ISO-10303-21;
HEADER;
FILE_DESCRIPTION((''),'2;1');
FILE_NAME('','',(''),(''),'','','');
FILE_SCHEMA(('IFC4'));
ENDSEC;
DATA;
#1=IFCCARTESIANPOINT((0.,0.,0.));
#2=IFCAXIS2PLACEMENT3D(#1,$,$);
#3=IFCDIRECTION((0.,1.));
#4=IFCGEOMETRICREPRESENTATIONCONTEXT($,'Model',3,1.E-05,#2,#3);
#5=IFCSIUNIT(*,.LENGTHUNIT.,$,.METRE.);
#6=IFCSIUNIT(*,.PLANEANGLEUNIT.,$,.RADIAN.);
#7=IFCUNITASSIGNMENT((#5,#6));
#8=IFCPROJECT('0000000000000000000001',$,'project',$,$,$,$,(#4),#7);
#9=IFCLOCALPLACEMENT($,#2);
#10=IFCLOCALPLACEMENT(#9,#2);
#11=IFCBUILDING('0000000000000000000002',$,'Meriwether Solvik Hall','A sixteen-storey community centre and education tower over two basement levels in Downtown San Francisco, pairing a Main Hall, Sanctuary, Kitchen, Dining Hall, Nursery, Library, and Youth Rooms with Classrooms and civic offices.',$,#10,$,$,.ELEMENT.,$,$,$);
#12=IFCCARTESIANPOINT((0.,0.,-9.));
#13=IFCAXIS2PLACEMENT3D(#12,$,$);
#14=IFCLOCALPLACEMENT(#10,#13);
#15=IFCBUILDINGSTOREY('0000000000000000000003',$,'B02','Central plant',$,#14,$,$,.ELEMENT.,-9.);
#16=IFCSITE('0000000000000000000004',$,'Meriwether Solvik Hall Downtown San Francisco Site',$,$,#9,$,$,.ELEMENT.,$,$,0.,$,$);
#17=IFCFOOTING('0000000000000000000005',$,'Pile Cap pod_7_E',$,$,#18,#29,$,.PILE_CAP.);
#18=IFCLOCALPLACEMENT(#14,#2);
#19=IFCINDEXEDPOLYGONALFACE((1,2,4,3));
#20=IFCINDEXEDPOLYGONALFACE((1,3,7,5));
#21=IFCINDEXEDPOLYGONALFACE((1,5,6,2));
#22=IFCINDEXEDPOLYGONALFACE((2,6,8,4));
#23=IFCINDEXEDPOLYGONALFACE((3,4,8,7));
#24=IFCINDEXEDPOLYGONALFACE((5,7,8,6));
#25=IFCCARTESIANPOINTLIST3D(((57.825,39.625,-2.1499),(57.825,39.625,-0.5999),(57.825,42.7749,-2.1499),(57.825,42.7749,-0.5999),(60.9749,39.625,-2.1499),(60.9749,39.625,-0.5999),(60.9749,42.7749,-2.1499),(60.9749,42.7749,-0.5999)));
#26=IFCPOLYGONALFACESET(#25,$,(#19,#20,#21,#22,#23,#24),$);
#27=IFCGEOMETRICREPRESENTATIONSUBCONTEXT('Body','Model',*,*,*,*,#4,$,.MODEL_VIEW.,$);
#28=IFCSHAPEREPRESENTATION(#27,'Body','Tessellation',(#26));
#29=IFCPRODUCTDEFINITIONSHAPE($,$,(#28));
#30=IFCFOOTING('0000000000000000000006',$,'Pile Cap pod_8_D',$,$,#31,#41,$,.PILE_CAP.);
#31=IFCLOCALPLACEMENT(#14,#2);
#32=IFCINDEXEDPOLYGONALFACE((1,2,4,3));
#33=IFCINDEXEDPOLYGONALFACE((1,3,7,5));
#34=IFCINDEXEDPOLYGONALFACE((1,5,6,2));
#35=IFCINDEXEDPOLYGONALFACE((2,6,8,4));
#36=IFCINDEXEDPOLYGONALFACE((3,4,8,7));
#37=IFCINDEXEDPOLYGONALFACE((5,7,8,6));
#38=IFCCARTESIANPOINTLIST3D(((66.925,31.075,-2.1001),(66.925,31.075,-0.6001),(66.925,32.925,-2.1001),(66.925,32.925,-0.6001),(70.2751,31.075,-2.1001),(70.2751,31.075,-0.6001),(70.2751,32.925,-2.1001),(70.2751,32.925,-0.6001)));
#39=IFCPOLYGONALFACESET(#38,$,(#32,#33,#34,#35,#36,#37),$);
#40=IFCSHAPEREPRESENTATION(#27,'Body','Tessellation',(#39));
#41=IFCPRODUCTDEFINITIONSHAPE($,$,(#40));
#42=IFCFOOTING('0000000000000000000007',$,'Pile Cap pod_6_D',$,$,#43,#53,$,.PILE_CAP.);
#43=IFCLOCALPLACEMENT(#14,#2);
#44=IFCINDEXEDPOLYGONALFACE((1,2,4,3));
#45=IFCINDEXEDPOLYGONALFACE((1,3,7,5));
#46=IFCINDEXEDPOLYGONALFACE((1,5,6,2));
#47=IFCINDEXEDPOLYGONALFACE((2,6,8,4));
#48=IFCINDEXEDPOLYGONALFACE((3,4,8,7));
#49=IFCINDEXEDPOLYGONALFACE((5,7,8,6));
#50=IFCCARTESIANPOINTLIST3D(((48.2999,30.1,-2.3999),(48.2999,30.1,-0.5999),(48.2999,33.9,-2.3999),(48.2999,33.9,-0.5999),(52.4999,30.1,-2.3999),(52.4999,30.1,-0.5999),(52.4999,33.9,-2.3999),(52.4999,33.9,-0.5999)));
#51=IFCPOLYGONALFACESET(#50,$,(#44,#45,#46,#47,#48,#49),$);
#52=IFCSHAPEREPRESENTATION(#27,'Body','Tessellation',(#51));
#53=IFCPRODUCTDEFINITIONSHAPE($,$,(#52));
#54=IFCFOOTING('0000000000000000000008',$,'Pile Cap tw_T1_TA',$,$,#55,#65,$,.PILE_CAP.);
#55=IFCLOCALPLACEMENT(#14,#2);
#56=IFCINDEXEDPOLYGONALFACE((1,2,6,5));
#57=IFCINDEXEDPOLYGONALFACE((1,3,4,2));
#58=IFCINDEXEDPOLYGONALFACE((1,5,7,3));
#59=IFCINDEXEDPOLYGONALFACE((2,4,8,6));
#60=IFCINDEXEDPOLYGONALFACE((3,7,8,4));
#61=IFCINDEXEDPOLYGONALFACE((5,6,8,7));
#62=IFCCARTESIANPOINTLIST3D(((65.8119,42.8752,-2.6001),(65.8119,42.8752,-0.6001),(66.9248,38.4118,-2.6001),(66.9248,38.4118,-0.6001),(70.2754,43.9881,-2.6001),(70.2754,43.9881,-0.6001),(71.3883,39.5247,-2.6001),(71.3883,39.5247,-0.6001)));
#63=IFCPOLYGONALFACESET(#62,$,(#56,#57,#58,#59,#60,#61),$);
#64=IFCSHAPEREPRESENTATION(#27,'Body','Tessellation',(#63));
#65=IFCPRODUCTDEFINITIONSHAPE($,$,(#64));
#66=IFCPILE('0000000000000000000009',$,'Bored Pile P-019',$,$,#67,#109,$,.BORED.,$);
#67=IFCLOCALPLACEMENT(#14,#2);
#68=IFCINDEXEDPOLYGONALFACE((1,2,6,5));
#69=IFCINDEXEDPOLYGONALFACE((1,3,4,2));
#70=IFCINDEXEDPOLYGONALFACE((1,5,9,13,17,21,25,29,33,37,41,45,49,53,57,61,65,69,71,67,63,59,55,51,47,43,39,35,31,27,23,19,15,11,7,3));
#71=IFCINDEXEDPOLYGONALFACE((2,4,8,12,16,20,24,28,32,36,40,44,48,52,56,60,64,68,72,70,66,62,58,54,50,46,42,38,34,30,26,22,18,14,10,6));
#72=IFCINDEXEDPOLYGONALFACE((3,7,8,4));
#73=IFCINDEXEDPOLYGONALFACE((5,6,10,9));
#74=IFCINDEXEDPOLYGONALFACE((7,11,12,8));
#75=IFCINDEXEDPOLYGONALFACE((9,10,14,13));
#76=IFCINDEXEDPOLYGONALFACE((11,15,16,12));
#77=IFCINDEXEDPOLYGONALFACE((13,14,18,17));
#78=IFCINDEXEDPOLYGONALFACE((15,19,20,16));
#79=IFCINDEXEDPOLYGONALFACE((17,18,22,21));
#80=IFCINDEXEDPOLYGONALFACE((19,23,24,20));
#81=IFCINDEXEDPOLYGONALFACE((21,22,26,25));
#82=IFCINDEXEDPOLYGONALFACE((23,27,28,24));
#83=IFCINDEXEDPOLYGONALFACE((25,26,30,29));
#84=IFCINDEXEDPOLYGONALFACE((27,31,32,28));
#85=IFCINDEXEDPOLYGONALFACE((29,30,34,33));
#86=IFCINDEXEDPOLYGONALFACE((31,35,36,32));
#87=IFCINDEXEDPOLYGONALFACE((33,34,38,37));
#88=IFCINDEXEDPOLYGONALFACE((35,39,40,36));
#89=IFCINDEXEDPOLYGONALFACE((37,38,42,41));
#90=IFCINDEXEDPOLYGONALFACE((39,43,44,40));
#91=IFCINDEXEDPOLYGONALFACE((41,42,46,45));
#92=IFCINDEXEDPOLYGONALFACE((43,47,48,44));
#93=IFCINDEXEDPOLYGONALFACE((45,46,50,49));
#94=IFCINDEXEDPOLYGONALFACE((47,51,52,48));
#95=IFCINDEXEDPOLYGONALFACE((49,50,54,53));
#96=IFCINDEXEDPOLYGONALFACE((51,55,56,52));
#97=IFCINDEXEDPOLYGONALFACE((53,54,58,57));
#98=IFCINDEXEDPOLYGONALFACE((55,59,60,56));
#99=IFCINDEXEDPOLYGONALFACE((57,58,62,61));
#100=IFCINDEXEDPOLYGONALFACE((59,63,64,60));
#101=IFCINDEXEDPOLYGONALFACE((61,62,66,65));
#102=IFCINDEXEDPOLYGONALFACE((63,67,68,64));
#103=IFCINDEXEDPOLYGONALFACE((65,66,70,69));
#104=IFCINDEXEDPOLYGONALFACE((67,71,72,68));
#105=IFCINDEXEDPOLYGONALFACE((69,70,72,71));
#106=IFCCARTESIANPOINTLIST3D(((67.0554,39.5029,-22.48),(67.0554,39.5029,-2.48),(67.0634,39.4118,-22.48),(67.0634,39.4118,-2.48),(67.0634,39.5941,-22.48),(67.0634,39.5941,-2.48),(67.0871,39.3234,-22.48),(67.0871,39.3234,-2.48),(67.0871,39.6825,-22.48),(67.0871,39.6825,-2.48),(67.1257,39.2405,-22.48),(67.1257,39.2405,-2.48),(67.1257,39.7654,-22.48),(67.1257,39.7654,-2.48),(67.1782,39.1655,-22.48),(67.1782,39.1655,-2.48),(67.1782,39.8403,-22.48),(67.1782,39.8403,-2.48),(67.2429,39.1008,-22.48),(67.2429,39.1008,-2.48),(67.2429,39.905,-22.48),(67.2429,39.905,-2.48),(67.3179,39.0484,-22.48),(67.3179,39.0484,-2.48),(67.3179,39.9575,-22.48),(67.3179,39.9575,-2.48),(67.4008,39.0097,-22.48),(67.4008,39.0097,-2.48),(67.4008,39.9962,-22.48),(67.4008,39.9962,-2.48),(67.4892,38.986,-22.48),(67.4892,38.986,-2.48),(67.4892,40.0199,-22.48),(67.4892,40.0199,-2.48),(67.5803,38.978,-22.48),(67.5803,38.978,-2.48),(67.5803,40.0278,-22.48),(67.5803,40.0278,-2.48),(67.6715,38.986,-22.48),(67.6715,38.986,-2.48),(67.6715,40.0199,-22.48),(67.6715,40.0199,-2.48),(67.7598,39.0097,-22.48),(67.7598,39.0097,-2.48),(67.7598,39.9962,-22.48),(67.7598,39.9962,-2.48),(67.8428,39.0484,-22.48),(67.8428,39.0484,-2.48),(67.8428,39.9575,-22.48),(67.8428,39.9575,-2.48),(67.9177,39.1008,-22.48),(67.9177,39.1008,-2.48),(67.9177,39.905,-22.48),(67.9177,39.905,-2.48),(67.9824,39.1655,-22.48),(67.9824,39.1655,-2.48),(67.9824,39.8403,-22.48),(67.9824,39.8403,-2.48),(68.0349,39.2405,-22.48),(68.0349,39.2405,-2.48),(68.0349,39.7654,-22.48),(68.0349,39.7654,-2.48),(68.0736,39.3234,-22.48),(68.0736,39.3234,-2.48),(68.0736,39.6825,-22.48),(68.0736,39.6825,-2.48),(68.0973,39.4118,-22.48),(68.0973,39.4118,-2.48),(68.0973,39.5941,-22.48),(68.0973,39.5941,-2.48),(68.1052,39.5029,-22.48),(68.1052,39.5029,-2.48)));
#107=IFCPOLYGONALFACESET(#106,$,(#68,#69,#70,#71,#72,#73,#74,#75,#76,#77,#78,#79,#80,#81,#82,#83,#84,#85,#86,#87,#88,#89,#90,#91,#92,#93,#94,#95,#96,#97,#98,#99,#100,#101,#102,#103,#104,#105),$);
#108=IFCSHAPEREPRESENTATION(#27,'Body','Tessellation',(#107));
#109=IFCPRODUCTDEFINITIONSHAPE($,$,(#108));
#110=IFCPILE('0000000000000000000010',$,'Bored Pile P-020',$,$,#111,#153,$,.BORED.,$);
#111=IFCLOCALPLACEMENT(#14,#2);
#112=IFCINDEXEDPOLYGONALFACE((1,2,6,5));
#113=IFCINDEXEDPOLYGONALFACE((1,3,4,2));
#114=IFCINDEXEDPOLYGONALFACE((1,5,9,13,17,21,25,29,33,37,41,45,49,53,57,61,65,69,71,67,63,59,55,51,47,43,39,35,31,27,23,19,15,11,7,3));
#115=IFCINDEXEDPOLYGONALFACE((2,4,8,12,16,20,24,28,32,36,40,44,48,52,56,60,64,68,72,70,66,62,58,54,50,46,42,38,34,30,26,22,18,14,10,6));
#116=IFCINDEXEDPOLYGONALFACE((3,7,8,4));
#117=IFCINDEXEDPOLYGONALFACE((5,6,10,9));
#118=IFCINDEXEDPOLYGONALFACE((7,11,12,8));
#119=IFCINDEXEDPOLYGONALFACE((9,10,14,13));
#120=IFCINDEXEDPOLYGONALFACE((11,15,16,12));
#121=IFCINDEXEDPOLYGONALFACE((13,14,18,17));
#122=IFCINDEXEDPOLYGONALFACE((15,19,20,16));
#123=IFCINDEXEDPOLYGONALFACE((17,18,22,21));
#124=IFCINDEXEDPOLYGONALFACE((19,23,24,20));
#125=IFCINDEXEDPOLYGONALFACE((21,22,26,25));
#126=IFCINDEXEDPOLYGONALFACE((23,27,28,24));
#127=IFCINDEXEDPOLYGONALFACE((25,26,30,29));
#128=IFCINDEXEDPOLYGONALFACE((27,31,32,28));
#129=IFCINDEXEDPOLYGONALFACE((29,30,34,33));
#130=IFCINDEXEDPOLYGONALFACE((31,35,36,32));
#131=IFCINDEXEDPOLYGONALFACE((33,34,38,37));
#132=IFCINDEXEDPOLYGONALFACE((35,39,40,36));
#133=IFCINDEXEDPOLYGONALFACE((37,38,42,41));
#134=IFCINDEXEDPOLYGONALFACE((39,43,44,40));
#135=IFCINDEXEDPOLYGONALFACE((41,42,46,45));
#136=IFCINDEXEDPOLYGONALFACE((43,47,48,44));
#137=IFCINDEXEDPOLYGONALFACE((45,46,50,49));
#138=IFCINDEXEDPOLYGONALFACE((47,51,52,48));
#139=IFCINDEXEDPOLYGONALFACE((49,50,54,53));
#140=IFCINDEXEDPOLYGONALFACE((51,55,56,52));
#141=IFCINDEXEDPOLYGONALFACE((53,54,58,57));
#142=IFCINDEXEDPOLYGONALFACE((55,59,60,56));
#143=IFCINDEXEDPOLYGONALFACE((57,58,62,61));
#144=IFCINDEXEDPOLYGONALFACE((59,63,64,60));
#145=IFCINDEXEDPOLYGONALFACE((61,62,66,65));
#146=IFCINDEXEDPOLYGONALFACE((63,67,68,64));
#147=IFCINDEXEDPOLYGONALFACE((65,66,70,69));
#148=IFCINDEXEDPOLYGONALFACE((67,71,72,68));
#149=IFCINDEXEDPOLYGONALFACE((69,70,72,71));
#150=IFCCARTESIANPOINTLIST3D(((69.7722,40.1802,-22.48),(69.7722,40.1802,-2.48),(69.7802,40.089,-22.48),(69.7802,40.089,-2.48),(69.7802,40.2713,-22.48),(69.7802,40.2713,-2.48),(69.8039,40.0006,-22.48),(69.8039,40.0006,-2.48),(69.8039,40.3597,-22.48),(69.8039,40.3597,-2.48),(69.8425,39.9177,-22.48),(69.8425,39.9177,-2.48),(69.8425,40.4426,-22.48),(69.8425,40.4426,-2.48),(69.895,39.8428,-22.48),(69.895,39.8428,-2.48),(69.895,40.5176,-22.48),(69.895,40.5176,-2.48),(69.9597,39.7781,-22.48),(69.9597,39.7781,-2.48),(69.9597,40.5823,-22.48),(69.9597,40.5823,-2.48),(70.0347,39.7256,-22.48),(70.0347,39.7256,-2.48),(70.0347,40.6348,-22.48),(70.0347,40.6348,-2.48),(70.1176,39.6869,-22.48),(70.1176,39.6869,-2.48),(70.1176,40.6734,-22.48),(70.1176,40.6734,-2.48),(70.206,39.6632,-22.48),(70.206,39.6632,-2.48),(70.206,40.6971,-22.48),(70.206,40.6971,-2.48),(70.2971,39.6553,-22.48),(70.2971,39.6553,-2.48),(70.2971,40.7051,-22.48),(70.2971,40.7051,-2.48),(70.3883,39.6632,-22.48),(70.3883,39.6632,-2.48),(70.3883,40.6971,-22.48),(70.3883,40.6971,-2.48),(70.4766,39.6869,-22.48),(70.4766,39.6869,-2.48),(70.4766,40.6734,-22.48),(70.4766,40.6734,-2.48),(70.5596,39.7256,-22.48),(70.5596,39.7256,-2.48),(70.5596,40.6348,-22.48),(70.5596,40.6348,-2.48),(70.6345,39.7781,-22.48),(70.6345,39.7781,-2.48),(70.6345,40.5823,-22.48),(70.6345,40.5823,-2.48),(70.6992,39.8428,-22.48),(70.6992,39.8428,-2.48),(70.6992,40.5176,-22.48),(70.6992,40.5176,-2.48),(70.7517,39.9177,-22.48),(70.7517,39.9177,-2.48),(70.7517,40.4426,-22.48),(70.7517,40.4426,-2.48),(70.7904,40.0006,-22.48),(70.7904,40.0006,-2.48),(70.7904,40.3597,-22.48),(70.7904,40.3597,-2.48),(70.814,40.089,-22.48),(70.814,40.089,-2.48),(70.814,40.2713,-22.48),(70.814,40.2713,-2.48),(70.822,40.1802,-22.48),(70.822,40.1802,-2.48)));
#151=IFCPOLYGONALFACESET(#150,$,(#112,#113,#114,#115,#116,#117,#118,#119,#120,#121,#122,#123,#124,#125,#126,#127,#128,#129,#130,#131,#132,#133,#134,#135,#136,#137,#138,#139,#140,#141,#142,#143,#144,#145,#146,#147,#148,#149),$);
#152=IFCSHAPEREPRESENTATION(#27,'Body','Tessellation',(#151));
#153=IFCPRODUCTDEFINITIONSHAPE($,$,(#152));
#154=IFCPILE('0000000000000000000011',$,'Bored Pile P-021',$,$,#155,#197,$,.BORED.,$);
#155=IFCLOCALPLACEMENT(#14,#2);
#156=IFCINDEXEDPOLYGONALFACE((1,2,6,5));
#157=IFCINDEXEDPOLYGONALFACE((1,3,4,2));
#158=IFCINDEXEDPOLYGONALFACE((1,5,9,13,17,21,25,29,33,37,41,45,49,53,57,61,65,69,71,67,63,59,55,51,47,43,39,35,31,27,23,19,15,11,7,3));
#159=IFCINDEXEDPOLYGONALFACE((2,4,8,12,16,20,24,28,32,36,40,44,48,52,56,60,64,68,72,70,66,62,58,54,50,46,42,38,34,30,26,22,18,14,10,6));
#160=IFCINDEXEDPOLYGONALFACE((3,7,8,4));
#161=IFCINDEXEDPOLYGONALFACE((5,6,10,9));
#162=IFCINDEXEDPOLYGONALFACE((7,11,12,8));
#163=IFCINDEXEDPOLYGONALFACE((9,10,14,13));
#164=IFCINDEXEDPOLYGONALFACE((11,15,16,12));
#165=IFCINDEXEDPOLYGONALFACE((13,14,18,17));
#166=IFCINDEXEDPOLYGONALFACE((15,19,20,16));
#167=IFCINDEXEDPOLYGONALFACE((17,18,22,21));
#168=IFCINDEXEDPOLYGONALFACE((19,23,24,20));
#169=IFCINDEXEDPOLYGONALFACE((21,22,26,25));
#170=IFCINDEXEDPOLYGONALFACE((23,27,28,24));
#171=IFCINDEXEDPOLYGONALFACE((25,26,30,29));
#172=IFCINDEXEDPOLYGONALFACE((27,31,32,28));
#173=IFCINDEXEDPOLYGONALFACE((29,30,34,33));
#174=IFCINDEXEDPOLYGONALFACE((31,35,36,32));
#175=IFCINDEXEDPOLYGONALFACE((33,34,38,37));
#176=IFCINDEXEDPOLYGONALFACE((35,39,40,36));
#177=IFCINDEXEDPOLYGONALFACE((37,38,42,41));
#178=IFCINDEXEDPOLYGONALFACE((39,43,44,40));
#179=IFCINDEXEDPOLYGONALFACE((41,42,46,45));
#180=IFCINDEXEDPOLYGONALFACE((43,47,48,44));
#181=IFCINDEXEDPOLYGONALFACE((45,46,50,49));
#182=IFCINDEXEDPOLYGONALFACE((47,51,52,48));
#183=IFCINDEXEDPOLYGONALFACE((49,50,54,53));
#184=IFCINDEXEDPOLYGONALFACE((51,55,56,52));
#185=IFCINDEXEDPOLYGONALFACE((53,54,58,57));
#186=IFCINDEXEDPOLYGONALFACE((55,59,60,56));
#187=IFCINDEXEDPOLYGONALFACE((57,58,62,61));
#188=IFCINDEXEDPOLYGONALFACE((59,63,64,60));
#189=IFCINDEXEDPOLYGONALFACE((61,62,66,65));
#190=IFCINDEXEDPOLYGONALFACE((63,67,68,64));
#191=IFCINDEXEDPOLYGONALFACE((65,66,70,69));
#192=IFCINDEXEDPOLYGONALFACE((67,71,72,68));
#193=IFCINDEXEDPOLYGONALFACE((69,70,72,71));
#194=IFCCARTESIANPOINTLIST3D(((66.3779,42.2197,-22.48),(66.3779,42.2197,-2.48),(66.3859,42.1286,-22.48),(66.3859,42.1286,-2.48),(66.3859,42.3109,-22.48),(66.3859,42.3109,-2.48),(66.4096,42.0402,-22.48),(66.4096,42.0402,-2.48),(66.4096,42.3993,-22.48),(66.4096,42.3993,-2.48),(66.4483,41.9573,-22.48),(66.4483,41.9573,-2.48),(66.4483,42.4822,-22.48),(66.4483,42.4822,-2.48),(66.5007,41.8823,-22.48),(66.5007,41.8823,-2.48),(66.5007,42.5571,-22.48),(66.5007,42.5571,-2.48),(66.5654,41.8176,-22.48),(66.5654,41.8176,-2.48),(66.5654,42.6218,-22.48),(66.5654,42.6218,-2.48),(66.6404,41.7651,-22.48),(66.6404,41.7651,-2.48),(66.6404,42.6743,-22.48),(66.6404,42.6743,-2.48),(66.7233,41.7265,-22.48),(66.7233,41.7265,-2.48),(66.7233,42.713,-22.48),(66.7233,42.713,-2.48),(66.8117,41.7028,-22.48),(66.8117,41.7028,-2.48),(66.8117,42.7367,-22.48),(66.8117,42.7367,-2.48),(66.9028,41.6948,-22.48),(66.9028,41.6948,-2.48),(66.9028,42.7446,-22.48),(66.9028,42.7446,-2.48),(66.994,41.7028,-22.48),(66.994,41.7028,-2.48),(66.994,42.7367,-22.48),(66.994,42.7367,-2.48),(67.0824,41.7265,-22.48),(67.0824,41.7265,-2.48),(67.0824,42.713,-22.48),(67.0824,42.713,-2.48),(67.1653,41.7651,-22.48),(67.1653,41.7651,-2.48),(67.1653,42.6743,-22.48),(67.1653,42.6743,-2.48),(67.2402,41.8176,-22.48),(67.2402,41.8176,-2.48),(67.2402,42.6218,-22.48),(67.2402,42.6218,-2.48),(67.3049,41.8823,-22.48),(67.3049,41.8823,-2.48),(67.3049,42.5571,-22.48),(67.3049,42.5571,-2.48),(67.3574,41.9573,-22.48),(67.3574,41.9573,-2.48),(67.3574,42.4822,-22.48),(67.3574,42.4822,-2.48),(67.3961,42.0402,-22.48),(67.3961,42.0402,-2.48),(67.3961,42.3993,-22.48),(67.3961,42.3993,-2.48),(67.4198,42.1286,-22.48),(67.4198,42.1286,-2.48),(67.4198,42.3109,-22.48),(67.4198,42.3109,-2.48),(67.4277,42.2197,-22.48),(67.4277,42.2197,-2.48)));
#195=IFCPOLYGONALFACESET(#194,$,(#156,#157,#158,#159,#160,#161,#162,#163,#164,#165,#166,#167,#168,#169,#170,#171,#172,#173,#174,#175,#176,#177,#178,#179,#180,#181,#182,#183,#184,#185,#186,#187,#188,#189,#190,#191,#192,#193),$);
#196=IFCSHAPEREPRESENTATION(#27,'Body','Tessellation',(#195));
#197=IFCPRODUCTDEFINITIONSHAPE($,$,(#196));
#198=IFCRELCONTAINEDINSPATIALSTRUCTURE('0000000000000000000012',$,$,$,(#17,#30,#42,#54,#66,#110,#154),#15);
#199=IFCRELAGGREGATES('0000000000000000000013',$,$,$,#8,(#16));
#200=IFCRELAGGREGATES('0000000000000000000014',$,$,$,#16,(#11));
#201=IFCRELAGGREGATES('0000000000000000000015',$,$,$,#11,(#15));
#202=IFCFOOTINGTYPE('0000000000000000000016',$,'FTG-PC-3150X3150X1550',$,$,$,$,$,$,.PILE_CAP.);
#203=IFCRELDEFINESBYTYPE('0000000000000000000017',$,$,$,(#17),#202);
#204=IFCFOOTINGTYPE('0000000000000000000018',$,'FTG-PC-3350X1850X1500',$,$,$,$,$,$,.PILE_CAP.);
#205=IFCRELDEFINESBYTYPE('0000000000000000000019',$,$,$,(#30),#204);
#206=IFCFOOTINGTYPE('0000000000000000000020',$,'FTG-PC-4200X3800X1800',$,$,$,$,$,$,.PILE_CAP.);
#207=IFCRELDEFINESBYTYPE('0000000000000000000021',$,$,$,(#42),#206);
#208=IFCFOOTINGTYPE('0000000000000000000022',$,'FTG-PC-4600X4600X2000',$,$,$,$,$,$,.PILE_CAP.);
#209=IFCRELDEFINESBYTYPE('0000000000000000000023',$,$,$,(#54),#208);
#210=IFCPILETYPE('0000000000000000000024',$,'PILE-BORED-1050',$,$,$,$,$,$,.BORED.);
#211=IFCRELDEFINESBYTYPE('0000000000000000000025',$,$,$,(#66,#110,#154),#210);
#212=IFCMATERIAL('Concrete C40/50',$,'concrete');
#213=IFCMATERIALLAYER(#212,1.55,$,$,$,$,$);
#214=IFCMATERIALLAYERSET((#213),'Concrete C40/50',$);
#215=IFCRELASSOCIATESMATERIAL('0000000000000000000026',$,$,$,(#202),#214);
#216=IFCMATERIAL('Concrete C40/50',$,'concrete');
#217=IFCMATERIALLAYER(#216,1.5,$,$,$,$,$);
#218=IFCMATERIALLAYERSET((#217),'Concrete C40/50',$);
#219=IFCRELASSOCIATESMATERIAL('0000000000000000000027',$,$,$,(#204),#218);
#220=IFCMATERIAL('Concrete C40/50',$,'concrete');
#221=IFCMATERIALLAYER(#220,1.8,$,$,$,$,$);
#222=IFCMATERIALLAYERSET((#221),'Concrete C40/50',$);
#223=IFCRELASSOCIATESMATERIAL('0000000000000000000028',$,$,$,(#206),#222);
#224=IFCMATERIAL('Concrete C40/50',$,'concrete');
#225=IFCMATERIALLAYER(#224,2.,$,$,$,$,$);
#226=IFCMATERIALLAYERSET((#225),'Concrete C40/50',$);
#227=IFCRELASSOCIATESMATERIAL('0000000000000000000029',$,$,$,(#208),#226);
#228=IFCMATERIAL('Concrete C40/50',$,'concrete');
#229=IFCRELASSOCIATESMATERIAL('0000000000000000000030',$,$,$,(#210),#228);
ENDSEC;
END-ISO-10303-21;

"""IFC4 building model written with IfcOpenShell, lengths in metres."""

from ifc_helpers import new_model, si_unit, direction, frame, origin, origin_2d, place, context, subcontext, project, spatial, rectangle, circle, extrude, material, layer, layer_set, material_profile, profile_set, type_object, element, save


model = new_model("IFC4")

# Units and contexts
model_context = context("Model", 3, precision=1e-05, world=origin(), true_north=direction((0.0, 1.0)))
body_context = subcontext(model_context, "Body", "Model", "MODEL_VIEW")
ifc_project = project(units=[si_unit("LENGTHUNIT", "METRE"), si_unit("PLANEANGLEUNIT", "RADIAN")], contexts=[model_context])

# Site, building, storey
site_placement = place(None, origin())
site = spatial("IfcSite", under=ifc_project, at=site_placement, Name="Meriwether Solvik Hall Downtown San Francisco Site", CompositionType="ELEMENT", RefElevation=0.0)
building_placement = place(site_placement, origin())
building = spatial("IfcBuilding", under=site, at=building_placement, Name="Meriwether Solvik Hall", Description="A sixteen-storey community centre and education tower over two basement levels in Downtown San Francisco, pairing a Main Hall, Sanctuary, Kitchen, Dining Hall, Nursery, Library, and Youth Rooms with Classrooms and civic offices.", CompositionType="ELEMENT")
storey_placement = place(building_placement, frame((0.0, 0.0, -9.0)))
storey = spatial("IfcBuildingStorey", under=building, at=storey_placement, Name="B02", Description="Central plant", CompositionType="ELEMENT", Elevation=-9.0)

# Footings
ifc_material_1 = material(Name="Concrete C40/50", Category="concrete")
ifc_layer_1 = layer(ifc_material_1, 1.55)
ifc_layer_set_1 = layer_set([ifc_layer_1], Name="Concrete C40/50")
footing_type_1 = type_object("IfcFootingType", Name="FTG-PC-3150X3150X1550", PredefinedType="PILE_CAP", material=ifc_layer_set_1)
footing_1_placement = place(storey_placement, frame((59.3999, 41.2, -2.1499), z_axis=(0.0, 0.0, 1.0), x_axis=(1.0, 0.0, 0.0)))
element("IfcFooting", 1, at=footing_1_placement, inside=storey, type_object=footing_type_1, Name="Pile Cap pod_7_E", PredefinedType="PILE_CAP", context=body_context, shape_type="SweptSolid", body=[
    extrude(rectangle(XDim=3.1499, YDim=3.1499, at=origin_2d()), origin(), (0.0, 0.0, 1.0), 1.55),
])
ifc_material_2 = material(Name="Concrete C40/50", Category="concrete")
ifc_layer_2 = layer(ifc_material_2, 1.5)
ifc_layer_set_2 = layer_set([ifc_layer_2], Name="Concrete C40/50")
footing_type_2 = type_object("IfcFootingType", Name="FTG-PC-3350X1850X1500", PredefinedType="PILE_CAP", material=ifc_layer_set_2)
footing_2_placement = place(storey_placement, frame((68.6001, 32.0, -2.1001), z_axis=(0.0, 0.0, 1.0), x_axis=(1.0, 0.0, 0.0)))
element("IfcFooting", 2, at=footing_2_placement, inside=storey, type_object=footing_type_2, Name="Pile Cap pod_8_D", PredefinedType="PILE_CAP", context=body_context, shape_type="SweptSolid", body=[
    extrude(rectangle(XDim=3.3501, YDim=1.8501, at=origin_2d()), origin(), (0.0, 0.0, 1.0), 1.5),
])
ifc_material_3 = material(Name="Concrete C40/50", Category="concrete")
ifc_layer_3 = layer(ifc_material_3, 1.8)
ifc_layer_set_3 = layer_set([ifc_layer_3], Name="Concrete C40/50")
footing_type_3 = type_object("IfcFootingType", Name="FTG-PC-4200X3800X1800", PredefinedType="PILE_CAP", material=ifc_layer_set_3)
footing_3_placement = place(storey_placement, frame((50.3999, 32.0, -2.3999), z_axis=(0.0, 0.0, 1.0), x_axis=(1.0, 0.0, 0.0)))
element("IfcFooting", 3, at=footing_3_placement, inside=storey, type_object=footing_type_3, Name="Pile Cap pod_6_D", PredefinedType="PILE_CAP", context=body_context, shape_type="SweptSolid", body=[
    extrude(rectangle(XDim=4.2, YDim=3.8, at=origin_2d()), origin(), (0.0, 0.0, 1.0), 1.8),
])
ifc_material_4 = material(Name="Concrete C40/50", Category="concrete")
ifc_layer_4 = layer(ifc_material_4, 2.0)
ifc_layer_set_4 = layer_set([ifc_layer_4], Name="Concrete C40/50")
footing_type_4 = type_object("IfcFootingType", Name="FTG-PC-4600X4600X2000", PredefinedType="PILE_CAP", material=ifc_layer_set_4)
footing_4_placement = place(storey_placement, frame((68.6001, 41.2, -2.6001), z_axis=(0.0, 0.0, 1.0), x_axis=(0.970296, 0.241922, 0.0)))
element("IfcFooting", 4, at=footing_4_placement, inside=storey, type_object=footing_type_4, Name="Pile Cap tw_T1_TA", PredefinedType="PILE_CAP", context=body_context, shape_type="SweptSolid", body=[
    extrude(rectangle(XDim=4.6001, YDim=4.6001, at=origin_2d()), origin(), (0.0, 0.0, 1.0), 2.0),
])

# Piles
ifc_material_5 = material(Name="Concrete C40/50", Category="concrete")
ifc_material_profile_1 = material_profile(ifc_material_5, circle(Radius=0.5249, at=origin_2d()), Name="PILE-D1050")
ifc_profile_set_1 = profile_set([ifc_material_profile_1], Name="Concrete C40/50")
pile_type_1 = type_object("IfcPileType", Name="PILE-BORED-1050", PredefinedType="BORED", material=ifc_profile_set_1)
for number, where, z_axis, x_axis, name in (
    (5, (67.5803, 39.5029, -2.48), (0.0, 0.0, -1.0), (1.0, 0.0, 0.0), "Bored Pile P-019"),
    (6, (70.2971, 40.1802, -2.48), (0.0, 0.0, -1.0), (1.0, 0.0, 0.0), "Bored Pile P-020"),
    (7, (66.9028, 42.2197, -2.48), (0.0, 0.0, -1.0), (1.0, 0.0, 0.0), "Bored Pile P-021"),
):
    element("IfcPile", number, at=place(storey_placement, frame(where, z_axis=z_axis, x_axis=x_axis)), inside=storey, type_object=pile_type_1, Name=name, PredefinedType="BORED", context=body_context, shape_type="SweptSolid", body=[
        extrude(circle(Radius=0.5249, at=origin_2d()), origin(), (0.0, 0.0, 1.0), 20.0),
    ])

save(model, "model.ifc")
